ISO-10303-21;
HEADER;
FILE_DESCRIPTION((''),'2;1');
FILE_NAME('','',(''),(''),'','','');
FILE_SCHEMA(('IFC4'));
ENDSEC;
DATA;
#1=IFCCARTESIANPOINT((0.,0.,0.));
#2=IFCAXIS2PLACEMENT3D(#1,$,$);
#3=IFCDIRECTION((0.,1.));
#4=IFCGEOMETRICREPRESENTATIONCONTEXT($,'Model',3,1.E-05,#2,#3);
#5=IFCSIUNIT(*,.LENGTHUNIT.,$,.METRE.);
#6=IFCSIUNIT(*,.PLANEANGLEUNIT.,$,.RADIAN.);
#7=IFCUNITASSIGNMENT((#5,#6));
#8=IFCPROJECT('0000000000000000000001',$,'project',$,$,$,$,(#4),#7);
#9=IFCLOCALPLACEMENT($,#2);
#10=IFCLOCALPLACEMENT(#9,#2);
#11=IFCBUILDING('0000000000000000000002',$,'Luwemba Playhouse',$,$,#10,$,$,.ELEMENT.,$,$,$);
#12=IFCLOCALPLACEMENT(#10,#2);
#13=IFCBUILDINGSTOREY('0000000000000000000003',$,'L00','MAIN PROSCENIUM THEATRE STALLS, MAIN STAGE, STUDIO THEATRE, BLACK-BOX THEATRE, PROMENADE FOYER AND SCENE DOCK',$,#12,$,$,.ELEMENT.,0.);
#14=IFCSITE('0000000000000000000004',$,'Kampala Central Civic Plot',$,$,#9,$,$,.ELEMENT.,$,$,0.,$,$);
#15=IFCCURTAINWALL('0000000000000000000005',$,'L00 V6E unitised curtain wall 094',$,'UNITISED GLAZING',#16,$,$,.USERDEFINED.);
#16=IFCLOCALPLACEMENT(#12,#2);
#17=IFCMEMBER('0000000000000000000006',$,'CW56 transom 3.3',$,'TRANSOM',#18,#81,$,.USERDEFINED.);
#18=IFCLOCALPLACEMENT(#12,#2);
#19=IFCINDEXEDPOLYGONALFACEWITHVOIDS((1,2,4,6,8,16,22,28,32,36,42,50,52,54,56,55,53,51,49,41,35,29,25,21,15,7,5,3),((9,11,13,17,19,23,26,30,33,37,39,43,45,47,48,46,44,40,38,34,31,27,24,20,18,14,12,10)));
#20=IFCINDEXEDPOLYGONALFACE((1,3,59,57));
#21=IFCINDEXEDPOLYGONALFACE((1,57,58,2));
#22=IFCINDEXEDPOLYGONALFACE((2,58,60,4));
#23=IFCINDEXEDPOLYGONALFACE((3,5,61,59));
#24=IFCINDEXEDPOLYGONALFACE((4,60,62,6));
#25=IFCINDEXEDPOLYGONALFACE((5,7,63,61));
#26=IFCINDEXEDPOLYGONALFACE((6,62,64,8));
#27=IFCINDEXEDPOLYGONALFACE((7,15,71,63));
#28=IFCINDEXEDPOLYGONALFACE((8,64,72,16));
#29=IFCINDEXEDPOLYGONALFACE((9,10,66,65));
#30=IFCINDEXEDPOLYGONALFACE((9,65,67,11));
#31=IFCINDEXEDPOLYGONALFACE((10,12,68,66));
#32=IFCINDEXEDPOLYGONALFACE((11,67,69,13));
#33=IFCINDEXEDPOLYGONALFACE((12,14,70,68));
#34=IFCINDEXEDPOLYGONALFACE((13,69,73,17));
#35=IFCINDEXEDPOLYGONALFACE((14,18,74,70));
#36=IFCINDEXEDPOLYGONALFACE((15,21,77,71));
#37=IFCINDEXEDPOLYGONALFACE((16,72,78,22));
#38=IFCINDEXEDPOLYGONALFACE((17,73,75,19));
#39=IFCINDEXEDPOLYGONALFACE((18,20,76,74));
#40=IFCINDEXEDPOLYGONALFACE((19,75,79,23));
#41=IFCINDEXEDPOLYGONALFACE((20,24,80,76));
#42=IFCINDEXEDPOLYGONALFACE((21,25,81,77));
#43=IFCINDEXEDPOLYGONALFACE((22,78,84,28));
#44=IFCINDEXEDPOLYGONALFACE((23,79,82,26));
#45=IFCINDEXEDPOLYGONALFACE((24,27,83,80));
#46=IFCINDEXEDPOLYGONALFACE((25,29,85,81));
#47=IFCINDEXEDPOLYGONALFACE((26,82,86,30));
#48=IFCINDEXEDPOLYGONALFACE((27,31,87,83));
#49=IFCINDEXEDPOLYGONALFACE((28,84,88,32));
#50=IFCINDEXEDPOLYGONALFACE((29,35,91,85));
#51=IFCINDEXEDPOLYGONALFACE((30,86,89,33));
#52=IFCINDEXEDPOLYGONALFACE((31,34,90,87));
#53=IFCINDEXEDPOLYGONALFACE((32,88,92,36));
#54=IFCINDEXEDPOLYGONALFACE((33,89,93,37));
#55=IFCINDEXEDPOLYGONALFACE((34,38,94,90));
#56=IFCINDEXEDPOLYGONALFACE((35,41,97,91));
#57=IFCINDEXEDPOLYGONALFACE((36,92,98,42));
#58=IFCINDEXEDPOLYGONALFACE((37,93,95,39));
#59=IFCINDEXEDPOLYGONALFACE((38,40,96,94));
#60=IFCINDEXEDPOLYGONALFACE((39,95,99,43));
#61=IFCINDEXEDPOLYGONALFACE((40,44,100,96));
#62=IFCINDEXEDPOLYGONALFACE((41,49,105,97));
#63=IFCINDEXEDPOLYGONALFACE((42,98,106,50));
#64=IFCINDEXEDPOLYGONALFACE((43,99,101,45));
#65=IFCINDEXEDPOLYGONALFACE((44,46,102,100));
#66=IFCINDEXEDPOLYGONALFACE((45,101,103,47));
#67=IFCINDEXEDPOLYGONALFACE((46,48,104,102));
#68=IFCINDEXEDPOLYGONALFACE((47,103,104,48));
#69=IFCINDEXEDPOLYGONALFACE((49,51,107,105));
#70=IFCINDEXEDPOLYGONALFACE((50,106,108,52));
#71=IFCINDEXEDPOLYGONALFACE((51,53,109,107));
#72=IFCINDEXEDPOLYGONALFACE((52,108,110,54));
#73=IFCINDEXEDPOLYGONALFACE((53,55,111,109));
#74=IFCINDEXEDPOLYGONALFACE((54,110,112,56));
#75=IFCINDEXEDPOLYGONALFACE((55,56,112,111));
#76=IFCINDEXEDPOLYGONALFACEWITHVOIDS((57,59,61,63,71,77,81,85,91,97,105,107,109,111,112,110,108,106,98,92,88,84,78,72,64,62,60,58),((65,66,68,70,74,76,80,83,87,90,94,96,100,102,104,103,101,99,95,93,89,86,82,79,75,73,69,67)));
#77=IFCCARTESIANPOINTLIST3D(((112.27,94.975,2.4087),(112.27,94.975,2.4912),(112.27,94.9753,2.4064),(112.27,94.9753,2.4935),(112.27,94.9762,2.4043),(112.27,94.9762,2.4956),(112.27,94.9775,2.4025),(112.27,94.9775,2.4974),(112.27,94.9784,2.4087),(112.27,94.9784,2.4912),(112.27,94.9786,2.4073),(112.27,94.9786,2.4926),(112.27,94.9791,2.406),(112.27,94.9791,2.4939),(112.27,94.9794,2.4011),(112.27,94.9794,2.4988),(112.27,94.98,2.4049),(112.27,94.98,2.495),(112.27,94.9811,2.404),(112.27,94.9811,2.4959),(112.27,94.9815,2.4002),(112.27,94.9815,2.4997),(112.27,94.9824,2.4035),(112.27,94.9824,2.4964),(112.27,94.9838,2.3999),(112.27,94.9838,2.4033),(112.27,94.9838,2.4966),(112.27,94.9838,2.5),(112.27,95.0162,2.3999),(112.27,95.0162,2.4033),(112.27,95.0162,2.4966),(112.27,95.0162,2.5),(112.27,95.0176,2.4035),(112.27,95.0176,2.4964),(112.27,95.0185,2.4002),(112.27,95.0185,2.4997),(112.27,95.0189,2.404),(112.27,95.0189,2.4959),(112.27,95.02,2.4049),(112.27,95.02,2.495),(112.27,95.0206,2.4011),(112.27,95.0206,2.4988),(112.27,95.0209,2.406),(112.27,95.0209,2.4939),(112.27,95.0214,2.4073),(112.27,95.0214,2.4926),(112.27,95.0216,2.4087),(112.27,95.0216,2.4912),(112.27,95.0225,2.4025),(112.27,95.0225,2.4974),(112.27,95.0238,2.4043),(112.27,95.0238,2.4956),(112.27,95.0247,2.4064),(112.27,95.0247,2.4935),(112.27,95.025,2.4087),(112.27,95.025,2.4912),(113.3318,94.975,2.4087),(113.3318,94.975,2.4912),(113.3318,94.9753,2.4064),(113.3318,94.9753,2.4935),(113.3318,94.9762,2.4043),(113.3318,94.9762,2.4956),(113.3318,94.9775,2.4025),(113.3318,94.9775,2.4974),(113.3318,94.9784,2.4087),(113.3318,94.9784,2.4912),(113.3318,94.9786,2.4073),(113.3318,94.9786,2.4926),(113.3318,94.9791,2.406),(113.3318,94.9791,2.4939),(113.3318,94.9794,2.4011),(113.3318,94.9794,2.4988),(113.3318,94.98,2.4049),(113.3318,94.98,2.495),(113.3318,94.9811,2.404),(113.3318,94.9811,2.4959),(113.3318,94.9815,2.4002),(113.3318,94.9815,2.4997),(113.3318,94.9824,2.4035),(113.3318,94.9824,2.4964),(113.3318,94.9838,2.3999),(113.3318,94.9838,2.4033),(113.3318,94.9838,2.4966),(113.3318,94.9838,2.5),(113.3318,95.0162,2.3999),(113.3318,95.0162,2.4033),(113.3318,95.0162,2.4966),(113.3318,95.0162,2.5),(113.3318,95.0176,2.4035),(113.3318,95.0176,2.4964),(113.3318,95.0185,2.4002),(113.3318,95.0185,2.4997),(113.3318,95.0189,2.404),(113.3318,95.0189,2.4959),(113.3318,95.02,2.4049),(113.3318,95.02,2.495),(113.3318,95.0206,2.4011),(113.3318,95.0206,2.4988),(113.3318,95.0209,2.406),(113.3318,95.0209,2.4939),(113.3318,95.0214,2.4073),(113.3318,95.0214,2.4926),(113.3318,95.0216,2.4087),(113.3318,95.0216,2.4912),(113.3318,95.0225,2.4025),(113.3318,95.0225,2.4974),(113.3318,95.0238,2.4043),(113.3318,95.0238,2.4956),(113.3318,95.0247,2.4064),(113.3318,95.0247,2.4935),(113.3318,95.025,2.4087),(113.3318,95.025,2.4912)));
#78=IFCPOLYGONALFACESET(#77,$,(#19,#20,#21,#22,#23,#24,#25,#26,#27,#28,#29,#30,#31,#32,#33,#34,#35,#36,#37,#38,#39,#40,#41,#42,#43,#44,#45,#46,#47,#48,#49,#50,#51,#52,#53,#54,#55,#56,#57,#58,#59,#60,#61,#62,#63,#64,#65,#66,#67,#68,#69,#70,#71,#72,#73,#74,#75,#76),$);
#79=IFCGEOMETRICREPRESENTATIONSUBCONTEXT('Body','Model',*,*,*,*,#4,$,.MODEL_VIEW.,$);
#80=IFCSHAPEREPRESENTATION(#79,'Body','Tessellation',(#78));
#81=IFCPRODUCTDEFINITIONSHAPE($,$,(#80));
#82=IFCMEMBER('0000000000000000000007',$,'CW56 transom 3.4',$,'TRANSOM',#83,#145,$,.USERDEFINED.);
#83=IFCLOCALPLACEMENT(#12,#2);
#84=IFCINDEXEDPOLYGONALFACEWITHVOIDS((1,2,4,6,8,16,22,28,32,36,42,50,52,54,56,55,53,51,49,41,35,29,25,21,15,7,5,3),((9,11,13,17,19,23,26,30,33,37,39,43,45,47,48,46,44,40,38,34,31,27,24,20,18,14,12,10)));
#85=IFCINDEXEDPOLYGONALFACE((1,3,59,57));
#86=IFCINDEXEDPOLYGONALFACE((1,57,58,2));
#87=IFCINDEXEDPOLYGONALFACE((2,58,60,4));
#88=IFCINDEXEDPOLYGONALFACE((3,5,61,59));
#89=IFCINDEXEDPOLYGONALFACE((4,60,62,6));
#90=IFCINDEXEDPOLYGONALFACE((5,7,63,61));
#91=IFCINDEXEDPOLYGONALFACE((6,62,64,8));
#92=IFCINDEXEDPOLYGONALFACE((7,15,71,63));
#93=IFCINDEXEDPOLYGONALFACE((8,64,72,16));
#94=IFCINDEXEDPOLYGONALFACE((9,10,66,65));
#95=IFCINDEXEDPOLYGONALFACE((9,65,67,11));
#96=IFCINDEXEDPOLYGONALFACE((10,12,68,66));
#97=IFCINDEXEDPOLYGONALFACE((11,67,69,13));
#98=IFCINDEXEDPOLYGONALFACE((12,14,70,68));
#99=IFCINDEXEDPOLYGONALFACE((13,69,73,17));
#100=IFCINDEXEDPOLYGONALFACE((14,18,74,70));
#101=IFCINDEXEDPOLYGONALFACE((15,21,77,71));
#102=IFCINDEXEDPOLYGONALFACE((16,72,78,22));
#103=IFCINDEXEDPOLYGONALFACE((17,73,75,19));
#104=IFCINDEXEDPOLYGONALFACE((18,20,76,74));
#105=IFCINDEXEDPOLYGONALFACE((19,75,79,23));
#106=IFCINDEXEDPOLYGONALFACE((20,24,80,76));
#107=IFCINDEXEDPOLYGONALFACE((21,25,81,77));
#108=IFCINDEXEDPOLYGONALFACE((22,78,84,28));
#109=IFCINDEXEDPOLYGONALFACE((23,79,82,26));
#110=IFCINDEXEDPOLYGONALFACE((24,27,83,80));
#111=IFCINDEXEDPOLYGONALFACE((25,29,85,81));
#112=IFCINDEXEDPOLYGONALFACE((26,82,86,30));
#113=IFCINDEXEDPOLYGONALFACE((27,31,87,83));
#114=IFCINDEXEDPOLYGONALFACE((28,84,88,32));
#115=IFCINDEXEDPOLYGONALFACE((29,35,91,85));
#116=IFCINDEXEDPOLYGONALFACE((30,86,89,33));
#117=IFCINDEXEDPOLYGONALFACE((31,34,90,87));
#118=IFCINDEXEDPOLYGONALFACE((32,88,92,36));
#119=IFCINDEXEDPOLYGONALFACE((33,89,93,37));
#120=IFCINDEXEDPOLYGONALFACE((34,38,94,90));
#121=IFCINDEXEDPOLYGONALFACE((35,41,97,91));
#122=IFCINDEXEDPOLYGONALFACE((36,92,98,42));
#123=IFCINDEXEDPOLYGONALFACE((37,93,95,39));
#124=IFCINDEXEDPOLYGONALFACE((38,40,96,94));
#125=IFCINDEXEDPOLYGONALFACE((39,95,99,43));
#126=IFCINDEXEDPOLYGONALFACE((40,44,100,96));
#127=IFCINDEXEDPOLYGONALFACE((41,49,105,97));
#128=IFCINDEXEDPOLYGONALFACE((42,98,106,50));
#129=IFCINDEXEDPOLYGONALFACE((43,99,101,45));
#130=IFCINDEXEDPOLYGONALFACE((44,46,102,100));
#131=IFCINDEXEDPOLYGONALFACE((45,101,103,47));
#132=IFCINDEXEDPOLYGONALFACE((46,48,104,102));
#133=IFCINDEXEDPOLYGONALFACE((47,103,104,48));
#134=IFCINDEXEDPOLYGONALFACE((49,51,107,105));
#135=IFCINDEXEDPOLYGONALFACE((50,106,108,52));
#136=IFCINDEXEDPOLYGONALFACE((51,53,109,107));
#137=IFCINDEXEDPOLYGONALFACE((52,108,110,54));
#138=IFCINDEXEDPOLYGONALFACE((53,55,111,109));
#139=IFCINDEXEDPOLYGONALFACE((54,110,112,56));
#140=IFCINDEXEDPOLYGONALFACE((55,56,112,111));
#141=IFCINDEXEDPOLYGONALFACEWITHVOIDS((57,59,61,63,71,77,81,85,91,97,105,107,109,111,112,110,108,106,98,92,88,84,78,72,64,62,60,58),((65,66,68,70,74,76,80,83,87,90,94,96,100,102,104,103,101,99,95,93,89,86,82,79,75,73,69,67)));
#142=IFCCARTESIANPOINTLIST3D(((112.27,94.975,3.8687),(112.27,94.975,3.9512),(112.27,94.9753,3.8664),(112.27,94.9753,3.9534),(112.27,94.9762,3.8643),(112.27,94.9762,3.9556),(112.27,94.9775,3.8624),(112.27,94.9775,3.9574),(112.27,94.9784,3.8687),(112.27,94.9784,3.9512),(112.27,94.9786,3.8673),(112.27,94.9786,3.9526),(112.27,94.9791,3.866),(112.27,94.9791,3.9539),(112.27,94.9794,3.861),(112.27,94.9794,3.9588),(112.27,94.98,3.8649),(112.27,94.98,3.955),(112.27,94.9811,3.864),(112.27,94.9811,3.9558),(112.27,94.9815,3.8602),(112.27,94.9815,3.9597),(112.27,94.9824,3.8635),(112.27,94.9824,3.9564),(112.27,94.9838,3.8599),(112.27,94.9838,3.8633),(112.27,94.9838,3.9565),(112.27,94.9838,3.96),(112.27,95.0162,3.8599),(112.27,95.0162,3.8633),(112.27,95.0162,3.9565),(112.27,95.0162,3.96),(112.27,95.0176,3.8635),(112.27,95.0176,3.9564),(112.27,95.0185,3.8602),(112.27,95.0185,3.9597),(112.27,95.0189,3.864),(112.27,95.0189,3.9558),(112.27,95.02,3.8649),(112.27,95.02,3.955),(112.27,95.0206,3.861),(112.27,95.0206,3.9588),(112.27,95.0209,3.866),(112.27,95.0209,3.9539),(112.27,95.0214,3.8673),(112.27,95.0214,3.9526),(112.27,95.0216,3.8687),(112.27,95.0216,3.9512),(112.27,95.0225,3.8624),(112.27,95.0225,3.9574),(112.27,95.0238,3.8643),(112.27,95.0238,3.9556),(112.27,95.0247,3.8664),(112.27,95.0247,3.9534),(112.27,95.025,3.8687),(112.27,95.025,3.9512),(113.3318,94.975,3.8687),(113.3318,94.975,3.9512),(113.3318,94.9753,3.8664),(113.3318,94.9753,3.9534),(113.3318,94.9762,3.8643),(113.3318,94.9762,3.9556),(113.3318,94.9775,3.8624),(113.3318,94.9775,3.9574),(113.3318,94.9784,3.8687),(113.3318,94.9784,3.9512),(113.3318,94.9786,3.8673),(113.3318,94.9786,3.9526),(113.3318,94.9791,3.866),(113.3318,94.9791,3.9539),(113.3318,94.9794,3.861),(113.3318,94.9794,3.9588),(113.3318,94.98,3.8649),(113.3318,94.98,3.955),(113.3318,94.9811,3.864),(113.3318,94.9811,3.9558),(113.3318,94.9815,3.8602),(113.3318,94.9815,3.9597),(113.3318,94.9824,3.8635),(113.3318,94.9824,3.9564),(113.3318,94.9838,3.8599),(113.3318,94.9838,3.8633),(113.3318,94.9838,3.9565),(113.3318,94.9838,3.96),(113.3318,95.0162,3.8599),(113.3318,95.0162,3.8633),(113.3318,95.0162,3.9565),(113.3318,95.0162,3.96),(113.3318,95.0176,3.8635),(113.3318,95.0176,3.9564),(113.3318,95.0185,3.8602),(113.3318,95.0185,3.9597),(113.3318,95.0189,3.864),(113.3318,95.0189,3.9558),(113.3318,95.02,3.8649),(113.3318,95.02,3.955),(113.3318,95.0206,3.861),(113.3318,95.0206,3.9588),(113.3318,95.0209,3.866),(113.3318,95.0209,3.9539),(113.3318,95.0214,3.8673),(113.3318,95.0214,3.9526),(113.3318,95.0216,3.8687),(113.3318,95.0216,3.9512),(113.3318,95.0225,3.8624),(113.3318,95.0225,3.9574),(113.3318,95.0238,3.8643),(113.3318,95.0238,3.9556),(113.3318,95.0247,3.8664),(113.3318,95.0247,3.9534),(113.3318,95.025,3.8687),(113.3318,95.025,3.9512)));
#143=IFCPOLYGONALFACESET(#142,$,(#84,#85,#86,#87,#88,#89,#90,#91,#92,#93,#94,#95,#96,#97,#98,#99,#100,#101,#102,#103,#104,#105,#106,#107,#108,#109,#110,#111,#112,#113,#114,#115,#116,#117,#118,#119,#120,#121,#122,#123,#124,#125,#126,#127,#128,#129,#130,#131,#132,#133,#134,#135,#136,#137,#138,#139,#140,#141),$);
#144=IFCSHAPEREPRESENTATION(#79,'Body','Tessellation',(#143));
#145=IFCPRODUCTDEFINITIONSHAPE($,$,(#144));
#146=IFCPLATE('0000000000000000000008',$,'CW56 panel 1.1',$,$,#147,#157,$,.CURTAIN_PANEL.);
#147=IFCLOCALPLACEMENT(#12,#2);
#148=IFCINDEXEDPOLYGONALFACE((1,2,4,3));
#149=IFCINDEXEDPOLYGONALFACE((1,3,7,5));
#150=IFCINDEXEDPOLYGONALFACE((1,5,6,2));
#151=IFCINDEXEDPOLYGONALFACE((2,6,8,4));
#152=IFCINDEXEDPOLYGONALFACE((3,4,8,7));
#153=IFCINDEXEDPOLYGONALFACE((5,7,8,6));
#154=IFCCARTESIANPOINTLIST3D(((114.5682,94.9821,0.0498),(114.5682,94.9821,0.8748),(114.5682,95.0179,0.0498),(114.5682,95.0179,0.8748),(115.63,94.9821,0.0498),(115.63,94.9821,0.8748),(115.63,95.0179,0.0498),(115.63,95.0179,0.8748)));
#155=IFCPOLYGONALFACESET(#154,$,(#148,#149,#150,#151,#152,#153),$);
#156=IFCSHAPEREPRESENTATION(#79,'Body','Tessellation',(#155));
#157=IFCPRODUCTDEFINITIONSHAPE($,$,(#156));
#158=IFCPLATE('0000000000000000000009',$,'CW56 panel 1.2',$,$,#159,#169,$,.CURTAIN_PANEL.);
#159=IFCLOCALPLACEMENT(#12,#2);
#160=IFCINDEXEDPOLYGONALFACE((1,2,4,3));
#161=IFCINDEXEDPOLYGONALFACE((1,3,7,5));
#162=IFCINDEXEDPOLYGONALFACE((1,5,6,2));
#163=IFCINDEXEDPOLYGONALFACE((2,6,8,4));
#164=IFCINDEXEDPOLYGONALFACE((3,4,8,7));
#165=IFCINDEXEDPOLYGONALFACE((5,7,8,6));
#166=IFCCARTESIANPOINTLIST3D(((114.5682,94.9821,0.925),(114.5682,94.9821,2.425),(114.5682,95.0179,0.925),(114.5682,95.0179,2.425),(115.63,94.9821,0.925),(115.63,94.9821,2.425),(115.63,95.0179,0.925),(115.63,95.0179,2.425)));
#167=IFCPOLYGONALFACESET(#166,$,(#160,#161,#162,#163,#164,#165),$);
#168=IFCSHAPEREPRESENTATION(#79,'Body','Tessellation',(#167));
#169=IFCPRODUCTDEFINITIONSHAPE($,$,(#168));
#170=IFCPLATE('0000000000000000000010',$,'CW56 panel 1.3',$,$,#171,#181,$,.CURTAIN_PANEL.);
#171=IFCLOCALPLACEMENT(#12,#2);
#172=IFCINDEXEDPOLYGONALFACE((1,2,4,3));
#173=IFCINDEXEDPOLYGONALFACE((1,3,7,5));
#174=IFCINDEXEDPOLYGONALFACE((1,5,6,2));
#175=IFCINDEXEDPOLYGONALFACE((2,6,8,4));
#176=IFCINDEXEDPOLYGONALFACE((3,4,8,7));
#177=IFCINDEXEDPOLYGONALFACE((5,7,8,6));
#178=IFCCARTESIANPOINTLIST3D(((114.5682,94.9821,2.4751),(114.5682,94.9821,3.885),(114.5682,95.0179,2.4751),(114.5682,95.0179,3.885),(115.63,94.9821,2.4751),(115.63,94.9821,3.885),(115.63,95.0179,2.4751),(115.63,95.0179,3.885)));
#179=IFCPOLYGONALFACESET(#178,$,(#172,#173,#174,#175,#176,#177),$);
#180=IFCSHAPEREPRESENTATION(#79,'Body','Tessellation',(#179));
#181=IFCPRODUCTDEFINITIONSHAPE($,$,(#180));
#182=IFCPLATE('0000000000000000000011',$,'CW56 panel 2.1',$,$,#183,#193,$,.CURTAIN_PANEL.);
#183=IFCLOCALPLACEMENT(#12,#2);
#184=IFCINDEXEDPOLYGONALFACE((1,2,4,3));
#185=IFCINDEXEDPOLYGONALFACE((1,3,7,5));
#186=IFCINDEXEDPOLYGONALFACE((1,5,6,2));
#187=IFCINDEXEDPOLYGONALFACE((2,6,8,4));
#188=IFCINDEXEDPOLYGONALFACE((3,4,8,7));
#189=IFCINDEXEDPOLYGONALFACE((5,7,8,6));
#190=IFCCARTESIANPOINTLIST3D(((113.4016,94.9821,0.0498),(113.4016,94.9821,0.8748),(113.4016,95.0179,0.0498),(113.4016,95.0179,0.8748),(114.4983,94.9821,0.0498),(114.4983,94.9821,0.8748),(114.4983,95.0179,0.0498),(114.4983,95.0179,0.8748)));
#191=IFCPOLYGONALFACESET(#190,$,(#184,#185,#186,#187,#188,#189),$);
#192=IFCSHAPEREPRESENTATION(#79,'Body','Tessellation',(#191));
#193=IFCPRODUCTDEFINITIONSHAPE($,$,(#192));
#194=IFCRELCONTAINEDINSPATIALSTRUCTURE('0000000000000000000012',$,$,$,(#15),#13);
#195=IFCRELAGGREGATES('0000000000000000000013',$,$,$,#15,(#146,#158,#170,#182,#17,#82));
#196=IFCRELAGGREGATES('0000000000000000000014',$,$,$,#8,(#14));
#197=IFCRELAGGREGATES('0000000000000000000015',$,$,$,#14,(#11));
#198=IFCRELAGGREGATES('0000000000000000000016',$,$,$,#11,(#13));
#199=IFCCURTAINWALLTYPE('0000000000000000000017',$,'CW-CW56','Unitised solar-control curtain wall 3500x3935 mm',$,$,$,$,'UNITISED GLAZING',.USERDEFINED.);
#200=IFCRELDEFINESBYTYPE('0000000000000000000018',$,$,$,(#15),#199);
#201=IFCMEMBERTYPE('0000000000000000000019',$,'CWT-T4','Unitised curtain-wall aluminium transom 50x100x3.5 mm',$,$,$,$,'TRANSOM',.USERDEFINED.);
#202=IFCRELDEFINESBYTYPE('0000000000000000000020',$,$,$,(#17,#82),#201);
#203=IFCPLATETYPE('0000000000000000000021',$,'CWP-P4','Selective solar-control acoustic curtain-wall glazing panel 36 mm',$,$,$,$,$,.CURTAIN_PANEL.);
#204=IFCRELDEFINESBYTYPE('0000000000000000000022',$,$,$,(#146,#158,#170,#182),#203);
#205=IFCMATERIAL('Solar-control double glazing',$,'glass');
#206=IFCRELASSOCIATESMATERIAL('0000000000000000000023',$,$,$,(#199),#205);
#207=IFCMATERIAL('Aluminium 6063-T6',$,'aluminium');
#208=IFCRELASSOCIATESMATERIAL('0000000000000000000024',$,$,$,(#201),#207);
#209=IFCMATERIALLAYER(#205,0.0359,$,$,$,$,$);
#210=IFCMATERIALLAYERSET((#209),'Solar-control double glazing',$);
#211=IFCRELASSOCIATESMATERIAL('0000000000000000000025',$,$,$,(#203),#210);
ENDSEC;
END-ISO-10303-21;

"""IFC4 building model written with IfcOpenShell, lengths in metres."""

from ifc_helpers import new_model, si_unit, direction, frame, origin, origin_2d, place, context, subcontext, project, spatial, rectangle, hollow_rectangle, extrude, material, layer, layer_set, material_profile, profile_set, type_object, element, aggregate, save


model = new_model("IFC4")

# Units and contexts
model_context = context("Model", 3, precision=1e-05, world=origin(), true_north=direction((0.0, 1.0)))
body_context = subcontext(model_context, "Body", "Model", "MODEL_VIEW")
ifc_project = project(units=[si_unit("LENGTHUNIT", "METRE"), si_unit("PLANEANGLEUNIT", "RADIAN")], contexts=[model_context])

# Site, building, storey
site_placement = place(None, origin())
site = spatial("IfcSite", under=ifc_project, at=site_placement, Name="Kampala Central Civic Plot", CompositionType="ELEMENT", RefElevation=0.0)
building_placement = place(site_placement, origin())
building = spatial("IfcBuilding", under=site, at=building_placement, Name="Luwemba Playhouse", CompositionType="ELEMENT")
storey_placement = place(building_placement, origin())
storey = spatial("IfcBuildingStorey", under=building, at=storey_placement, Name="L00", Description="MAIN PROSCENIUM THEATRE STALLS, MAIN STAGE, STUDIO THEATRE, BLACK-BOX THEATRE, PROMENADE FOYER AND SCENE DOCK", CompositionType="ELEMENT", Elevation=0.0)

# Curtain wall, members, plates
ifc_material_1 = material(Name="Solar-control double glazing", Category="glass")
curtain_wall_type = type_object("IfcCurtainWallType", Name="CW-CW56", Description="Unitised solar-control curtain wall 3500x3935 mm", ElementType="UNITISED GLAZING", PredefinedType="USERDEFINED", material=ifc_material_1)
curtain_wall_placement = place(storey_placement, origin())
curtain_wall = element("IfcCurtainWall", 1, at=curtain_wall_placement, inside=storey, type_object=curtain_wall_type, Name="L00 V6E unitised curtain wall 094", ObjectType="UNITISED GLAZING", PredefinedType="USERDEFINED")
ifc_material_2 = material(Name="Aluminium 6063-T6", Category="aluminium")
ifc_material_profile_1 = material_profile(ifc_material_2, hollow_rectangle(XDim=0.05, YDim=0.1001, WallThickness=0.0034, InnerFilletRadius=0.0054, OuterFilletRadius=0.0088, at=origin_2d()))
ifc_profile_set_1 = profile_set([ifc_material_profile_1], Name="Aluminium 6063-T6")
member_type_1 = type_object("IfcMemberType", Name="CWT-T4", Description="Unitised curtain-wall aluminium transom 50x100x3.5 mm", ElementType="TRANSOM", PredefinedType="USERDEFINED", material=ifc_profile_set_1)
member_1_placement = place(storey_placement, frame((113.3318, 95.0, 2.45), z_axis=(-1.0, 0.0, 0.0), x_axis=(0.0, -1.0, 0.0)))
member_1 = element("IfcMember", 2, at=member_1_placement, type_object=member_type_1, Name="CW56 transom 3.3", ObjectType="TRANSOM", PredefinedType="USERDEFINED", context=body_context, shape_type="SweptSolid", body=[
    extrude(hollow_rectangle(XDim=0.05, YDim=0.1001, WallThickness=0.0034, InnerFilletRadius=0.0054, OuterFilletRadius=0.0088, at=origin_2d()), origin(), (0.0, 0.0, 1.0), 1.0618),
])
member_2_placement = place(storey_placement, frame((113.3318, 95.0, 3.9099), z_axis=(-1.0, 0.0, 0.0), x_axis=(0.0, -1.0, 0.0)))
member_2 = element("IfcMember", 3, at=member_2_placement, type_object=member_type_1, Name="CW56 transom 3.4", ObjectType="TRANSOM", PredefinedType="USERDEFINED", context=body_context, shape_type="SweptSolid", body=[
    extrude(hollow_rectangle(XDim=0.05, YDim=0.1001, WallThickness=0.0034, InnerFilletRadius=0.0054, OuterFilletRadius=0.0088, at=origin_2d()), origin(), (0.0, 0.0, 1.0), 1.0618),
])
ifc_layer_1 = layer(ifc_material_1, 0.0359)
ifc_layer_set_1 = layer_set([ifc_layer_1], Name="Solar-control double glazing")
plate_type = type_object("IfcPlateType", Name="CWP-P4", Description="Selective solar-control acoustic curtain-wall glazing panel 36 mm", PredefinedType="CURTAIN_PANEL", material=ifc_layer_set_1)
plate_1_placement = place(storey_placement, frame((115.0991, 95.0, 0.0498), z_axis=(0.0, 0.0, 1.0), x_axis=(-1.0, 0.0, 0.0)))
plate_1 = element("IfcPlate", 4, at=plate_1_placement, type_object=plate_type, Name="CW56 panel 1.1", PredefinedType="CURTAIN_PANEL", context=body_context, shape_type="SweptSolid", body=[
    extrude(rectangle(XDim=1.0618, YDim=0.0359, at=origin_2d()), origin(), (0.0, 0.0, 1.0), 0.825),
])
plate_2_placement = place(storey_placement, frame((115.0991, 95.0, 0.925), z_axis=(0.0, 0.0, 1.0), x_axis=(-1.0, 0.0, 0.0)))
plate_2 = element("IfcPlate", 5, at=plate_2_placement, type_object=plate_type, Name="CW56 panel 1.2", PredefinedType="CURTAIN_PANEL", context=body_context, shape_type="SweptSolid", body=[
    extrude(rectangle(XDim=1.0618, YDim=0.0359, at=origin_2d()), origin(), (0.0, 0.0, 1.0), 1.5),
])
plate_3_placement = place(storey_placement, frame((115.0991, 95.0, 2.4751), z_axis=(0.0, 0.0, 1.0), x_axis=(-1.0, 0.0, 0.0)))
plate_3 = element("IfcPlate", 6, at=plate_3_placement, type_object=plate_type, Name="CW56 panel 1.3", PredefinedType="CURTAIN_PANEL", context=body_context, shape_type="SweptSolid", body=[
    extrude(rectangle(XDim=1.0618, YDim=0.0359, at=origin_2d()), origin(), (0.0, 0.0, 1.0), 1.4099),
])
plate_4_placement = place(storey_placement, frame((113.95, 95.0, 0.0498), z_axis=(0.0, 0.0, 1.0), x_axis=(-1.0, 0.0, 0.0)))
plate_4 = element("IfcPlate", 7, at=plate_4_placement, type_object=plate_type, Name="CW56 panel 2.1", PredefinedType="CURTAIN_PANEL", context=body_context, shape_type="SweptSolid", body=[
    extrude(rectangle(XDim=1.0967, YDim=0.0359, at=origin_2d()), origin(), (0.0, 0.0, 1.0), 0.825),
])
aggregate(curtain_wall, [plate_1, plate_2, plate_3, plate_4, member_1, member_2])

save(model, "model.ifc")
